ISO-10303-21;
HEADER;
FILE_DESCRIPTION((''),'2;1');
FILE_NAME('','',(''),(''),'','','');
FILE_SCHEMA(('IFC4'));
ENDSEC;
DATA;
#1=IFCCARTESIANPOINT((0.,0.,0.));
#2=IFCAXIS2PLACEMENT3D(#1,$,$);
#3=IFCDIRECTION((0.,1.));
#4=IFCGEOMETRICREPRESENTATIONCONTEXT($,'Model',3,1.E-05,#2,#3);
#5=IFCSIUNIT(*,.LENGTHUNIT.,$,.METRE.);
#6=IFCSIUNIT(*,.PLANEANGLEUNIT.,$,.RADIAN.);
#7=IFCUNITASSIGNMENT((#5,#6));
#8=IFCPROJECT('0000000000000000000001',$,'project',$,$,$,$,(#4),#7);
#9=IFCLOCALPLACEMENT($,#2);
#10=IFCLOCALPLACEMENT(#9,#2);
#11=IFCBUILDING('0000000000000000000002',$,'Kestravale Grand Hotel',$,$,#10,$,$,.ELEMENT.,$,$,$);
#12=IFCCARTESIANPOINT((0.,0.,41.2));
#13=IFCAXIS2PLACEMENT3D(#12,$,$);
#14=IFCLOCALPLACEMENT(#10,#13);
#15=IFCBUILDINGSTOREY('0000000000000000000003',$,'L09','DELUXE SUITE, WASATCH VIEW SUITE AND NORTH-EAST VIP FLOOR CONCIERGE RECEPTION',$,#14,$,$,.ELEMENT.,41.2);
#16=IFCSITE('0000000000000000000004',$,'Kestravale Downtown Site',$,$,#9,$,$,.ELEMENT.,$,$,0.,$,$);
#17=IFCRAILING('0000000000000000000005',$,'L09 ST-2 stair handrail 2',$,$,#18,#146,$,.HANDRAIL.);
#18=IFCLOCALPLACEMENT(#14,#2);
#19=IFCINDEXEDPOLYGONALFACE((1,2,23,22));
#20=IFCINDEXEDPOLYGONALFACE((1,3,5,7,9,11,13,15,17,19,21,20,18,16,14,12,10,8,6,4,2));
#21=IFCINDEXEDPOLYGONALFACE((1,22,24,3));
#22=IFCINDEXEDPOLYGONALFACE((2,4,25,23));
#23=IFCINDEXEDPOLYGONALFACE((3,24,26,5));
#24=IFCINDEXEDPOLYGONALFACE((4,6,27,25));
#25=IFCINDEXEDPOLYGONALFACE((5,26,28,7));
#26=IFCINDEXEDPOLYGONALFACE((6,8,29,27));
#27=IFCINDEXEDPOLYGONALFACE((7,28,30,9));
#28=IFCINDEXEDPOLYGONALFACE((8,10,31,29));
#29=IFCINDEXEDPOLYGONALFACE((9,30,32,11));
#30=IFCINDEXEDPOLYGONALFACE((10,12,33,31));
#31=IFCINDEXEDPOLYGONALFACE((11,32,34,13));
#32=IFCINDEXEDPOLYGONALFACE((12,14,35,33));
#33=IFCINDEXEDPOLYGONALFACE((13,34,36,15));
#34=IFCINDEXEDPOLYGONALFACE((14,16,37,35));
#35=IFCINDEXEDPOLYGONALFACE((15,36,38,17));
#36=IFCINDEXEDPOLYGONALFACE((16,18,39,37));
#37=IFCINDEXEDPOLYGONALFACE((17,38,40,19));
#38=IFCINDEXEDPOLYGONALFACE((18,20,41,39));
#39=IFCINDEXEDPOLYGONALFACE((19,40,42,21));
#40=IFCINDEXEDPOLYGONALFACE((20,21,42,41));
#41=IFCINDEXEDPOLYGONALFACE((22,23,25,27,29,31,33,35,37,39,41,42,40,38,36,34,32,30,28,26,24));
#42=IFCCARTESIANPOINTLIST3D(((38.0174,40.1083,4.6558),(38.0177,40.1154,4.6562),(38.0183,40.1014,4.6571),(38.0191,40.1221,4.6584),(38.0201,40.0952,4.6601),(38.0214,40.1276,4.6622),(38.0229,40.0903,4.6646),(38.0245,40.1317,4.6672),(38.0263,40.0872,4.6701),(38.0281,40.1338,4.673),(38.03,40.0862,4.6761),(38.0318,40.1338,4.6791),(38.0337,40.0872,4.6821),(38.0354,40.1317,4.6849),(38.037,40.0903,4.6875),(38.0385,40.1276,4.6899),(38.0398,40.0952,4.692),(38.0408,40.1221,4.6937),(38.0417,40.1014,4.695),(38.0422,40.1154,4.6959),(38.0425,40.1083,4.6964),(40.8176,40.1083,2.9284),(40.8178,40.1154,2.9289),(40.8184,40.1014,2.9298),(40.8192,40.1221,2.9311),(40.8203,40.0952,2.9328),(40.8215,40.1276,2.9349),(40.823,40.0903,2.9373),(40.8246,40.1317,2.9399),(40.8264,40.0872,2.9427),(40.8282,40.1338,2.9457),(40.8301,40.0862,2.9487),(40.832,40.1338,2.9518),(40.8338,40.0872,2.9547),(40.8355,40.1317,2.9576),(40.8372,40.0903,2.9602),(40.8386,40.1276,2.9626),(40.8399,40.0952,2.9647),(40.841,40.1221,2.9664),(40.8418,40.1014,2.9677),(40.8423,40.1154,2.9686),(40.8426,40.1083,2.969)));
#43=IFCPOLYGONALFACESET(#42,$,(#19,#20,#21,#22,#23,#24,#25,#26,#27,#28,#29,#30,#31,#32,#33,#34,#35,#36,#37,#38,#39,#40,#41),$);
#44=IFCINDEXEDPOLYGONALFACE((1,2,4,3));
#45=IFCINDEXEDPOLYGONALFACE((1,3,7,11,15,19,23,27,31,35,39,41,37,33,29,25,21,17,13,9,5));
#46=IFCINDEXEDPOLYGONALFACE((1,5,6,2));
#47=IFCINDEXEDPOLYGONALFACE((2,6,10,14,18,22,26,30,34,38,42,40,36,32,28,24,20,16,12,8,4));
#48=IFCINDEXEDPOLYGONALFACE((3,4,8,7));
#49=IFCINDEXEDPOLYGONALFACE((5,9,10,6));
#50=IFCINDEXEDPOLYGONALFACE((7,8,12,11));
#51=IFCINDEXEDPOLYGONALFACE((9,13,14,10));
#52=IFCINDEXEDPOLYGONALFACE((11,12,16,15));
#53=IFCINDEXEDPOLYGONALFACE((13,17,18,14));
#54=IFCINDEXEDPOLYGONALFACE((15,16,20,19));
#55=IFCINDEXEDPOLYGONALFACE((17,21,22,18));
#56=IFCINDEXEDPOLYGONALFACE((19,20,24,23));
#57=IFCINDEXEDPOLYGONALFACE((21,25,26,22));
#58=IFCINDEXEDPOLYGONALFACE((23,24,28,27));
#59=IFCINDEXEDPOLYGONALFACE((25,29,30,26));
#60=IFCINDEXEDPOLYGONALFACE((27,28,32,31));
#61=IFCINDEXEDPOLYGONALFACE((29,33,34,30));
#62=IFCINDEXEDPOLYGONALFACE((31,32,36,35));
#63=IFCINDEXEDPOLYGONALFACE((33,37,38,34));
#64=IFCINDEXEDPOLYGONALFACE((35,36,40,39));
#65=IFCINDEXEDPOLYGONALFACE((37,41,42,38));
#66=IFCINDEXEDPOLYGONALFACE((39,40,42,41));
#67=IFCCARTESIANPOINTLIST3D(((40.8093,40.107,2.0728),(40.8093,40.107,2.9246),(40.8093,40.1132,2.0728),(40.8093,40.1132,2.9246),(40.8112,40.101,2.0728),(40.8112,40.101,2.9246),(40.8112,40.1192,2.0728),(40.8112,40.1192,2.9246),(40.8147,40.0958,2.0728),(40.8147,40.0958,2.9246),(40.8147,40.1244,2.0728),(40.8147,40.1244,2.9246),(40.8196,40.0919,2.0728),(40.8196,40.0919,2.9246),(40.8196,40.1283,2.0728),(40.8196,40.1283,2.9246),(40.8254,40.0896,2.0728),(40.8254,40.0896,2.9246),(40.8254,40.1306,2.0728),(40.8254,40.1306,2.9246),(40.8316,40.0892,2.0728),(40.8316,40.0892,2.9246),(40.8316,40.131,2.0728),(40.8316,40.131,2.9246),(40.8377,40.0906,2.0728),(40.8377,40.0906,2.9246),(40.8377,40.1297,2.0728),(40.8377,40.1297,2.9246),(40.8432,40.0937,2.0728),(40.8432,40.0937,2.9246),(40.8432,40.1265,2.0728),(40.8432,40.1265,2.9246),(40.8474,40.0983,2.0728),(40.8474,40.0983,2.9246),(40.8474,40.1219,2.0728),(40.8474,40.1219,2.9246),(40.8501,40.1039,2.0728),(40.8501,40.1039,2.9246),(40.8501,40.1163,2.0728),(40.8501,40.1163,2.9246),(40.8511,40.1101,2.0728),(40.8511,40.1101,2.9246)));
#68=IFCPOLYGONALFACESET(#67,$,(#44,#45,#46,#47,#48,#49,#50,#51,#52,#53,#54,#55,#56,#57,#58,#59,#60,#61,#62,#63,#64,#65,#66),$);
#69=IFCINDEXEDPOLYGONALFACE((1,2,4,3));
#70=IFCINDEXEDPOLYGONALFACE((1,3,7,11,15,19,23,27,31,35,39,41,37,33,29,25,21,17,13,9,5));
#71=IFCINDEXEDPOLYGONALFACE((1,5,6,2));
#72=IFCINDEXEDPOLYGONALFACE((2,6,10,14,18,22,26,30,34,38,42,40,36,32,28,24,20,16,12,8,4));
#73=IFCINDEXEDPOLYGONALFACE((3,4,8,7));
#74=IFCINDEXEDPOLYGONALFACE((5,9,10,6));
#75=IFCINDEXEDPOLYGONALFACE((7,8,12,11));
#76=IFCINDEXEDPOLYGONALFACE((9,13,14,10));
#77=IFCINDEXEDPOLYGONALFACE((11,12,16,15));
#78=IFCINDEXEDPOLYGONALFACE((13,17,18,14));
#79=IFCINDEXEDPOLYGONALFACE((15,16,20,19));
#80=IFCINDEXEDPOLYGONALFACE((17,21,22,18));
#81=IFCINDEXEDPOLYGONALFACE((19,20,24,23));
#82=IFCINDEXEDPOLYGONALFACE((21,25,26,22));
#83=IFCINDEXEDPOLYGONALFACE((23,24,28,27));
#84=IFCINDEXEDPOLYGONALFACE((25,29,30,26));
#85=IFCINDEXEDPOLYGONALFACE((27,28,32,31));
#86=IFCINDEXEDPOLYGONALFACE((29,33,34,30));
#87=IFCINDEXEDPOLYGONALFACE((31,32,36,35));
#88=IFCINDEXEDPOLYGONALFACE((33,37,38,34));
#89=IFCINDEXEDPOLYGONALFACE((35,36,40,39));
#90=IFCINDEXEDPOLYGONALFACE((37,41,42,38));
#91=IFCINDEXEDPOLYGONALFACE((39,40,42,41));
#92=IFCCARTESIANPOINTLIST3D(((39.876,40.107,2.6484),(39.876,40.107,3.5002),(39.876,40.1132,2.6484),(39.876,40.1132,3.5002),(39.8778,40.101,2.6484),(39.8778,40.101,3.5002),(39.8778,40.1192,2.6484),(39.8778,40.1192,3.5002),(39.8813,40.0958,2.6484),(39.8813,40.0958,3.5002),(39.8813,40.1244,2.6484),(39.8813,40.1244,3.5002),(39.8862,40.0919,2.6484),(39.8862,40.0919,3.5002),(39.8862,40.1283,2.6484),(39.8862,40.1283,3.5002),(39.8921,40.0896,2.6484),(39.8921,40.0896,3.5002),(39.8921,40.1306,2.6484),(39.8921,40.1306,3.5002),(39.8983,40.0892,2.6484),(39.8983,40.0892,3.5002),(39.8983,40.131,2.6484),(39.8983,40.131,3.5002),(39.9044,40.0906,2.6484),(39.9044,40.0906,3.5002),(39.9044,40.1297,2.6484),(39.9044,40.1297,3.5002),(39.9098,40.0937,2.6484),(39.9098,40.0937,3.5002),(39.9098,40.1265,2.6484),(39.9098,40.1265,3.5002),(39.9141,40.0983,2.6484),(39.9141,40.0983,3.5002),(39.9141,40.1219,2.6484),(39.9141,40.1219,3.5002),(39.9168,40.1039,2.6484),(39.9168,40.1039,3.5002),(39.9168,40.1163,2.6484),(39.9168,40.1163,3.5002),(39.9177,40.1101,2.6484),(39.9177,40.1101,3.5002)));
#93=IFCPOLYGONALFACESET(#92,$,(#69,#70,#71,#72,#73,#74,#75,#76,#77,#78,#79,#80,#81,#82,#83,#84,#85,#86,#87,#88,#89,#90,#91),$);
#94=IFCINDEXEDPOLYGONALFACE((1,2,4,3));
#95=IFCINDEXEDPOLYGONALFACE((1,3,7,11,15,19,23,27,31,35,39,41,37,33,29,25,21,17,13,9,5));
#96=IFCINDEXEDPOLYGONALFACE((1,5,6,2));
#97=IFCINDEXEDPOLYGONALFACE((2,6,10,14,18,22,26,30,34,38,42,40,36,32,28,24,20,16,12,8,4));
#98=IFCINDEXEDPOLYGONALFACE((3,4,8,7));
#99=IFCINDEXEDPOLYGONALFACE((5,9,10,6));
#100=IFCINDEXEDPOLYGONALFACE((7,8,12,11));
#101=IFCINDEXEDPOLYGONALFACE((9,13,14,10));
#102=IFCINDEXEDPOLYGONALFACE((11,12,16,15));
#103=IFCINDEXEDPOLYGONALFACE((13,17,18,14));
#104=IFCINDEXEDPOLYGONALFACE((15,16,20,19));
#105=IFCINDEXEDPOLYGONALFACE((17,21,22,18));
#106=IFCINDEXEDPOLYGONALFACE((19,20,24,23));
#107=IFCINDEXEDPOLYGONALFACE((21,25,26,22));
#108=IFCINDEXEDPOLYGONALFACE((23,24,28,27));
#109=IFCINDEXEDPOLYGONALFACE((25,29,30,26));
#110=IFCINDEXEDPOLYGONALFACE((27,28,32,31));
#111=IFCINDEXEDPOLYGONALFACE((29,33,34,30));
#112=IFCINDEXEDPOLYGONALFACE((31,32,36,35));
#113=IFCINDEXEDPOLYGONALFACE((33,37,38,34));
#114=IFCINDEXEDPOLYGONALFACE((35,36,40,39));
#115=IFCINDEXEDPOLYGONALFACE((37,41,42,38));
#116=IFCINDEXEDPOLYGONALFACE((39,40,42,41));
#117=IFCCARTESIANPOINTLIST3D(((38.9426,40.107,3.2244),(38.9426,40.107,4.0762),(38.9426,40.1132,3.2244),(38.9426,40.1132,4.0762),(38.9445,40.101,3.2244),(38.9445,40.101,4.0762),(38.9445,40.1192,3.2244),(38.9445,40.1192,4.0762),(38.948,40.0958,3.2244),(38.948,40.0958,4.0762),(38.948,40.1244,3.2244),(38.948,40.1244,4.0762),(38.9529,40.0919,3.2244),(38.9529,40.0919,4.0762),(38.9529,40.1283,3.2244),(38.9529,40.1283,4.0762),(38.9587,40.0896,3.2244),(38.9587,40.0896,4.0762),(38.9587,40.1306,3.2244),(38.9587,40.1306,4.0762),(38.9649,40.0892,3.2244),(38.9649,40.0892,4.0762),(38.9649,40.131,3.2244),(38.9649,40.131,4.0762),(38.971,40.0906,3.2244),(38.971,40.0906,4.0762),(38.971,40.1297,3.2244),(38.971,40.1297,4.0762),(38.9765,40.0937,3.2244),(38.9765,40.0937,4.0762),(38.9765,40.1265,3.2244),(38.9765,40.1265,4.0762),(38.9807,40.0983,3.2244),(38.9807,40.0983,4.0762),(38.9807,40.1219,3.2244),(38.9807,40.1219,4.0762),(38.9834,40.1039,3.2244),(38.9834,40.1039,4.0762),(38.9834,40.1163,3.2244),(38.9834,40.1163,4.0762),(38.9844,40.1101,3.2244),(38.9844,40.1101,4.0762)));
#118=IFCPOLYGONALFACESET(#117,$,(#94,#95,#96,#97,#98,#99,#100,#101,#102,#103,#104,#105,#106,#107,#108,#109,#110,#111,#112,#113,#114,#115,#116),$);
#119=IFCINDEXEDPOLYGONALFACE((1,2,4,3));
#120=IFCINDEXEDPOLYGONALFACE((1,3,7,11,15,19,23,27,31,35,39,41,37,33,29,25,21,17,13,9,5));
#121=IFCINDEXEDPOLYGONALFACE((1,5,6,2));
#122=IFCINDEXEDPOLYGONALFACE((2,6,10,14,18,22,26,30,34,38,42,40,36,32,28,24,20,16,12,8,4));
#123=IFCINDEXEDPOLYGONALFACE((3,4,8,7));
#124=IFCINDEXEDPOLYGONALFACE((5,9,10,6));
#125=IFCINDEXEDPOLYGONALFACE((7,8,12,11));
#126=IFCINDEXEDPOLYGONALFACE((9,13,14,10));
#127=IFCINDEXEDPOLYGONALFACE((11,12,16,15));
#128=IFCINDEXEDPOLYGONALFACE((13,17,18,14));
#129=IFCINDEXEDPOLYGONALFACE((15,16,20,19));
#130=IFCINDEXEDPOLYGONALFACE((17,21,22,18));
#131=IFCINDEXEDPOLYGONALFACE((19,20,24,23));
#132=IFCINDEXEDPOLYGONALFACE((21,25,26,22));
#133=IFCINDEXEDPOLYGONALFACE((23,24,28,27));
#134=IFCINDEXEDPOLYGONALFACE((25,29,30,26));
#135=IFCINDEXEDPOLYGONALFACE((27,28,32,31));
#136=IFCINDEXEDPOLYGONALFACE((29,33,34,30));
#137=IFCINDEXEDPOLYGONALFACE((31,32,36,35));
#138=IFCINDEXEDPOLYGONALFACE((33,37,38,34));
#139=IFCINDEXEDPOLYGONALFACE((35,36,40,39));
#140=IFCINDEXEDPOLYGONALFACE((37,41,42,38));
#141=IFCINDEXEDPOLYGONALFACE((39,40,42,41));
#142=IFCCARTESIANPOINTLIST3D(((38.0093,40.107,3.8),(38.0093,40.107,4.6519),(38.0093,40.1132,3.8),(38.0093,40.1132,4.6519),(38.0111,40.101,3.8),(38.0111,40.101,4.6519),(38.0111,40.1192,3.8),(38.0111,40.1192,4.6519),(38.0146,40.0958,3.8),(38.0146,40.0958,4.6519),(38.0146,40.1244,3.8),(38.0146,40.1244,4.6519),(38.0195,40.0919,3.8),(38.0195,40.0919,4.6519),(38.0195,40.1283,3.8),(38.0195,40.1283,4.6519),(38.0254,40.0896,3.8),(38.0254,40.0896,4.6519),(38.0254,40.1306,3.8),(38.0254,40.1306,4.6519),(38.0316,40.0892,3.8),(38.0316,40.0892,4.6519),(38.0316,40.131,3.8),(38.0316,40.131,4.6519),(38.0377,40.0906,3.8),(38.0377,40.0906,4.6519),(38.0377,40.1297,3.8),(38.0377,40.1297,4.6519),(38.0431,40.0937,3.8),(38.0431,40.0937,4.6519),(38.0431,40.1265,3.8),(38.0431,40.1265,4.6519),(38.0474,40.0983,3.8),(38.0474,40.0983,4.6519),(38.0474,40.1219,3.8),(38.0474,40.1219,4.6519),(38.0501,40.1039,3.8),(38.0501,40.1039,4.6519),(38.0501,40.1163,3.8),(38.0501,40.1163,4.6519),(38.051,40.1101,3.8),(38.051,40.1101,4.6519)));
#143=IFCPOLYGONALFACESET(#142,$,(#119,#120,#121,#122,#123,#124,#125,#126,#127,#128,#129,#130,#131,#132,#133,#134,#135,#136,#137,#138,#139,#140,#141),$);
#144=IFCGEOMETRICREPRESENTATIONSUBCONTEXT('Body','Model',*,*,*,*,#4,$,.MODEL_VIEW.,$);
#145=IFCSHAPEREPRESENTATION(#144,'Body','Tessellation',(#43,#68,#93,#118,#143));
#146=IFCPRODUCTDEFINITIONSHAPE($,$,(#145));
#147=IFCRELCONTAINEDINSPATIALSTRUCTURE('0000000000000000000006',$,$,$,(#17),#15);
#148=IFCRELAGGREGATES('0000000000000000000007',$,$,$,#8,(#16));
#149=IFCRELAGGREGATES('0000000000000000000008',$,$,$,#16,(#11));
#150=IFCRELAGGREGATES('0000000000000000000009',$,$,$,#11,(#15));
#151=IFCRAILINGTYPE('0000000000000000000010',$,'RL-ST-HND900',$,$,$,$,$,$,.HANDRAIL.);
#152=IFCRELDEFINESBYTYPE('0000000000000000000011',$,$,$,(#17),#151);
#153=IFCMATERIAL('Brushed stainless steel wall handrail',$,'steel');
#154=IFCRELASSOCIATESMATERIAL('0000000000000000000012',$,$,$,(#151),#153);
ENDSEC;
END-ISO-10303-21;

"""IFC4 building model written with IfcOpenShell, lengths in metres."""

from ifc_helpers import new_model, si_unit, direction, frame, origin, origin_2d, place, context, subcontext, project, spatial, circle, extrude, material, type_object, element, save


model = new_model("IFC4")

# Units and contexts
model_context = context("Model", 3, precision=1e-05, world=origin(), true_north=direction((0.0, 1.0)))
body_context = subcontext(model_context, "Body", "Model", "MODEL_VIEW")
ifc_project = project(units=[si_unit("LENGTHUNIT", "METRE"), si_unit("PLANEANGLEUNIT", "RADIAN")], contexts=[model_context])

# Site, building, storey
site_placement = place(None, origin())
site = spatial("IfcSite", under=ifc_project, at=site_placement, Name="Kestravale Downtown Site", CompositionType="ELEMENT", RefElevation=0.0)
building_placement = place(site_placement, origin())
building = spatial("IfcBuilding", under=site, at=building_placement, Name="Kestravale Grand Hotel", CompositionType="ELEMENT")
storey_placement = place(building_placement, frame((0.0, 0.0, 41.2)))
storey = spatial("IfcBuildingStorey", under=building, at=storey_placement, Name="L09", Description="DELUXE SUITE, WASATCH VIEW SUITE AND NORTH-EAST VIP FLOOR CONCIERGE RECEPTION", CompositionType="ELEMENT", Elevation=41.2)

# Railing
ifc_material_1 = material(Name="Brushed stainless steel wall handrail", Category="steel")
railing_type_1 = type_object("IfcRailingType", Name="RL-ST-HND900", PredefinedType="HANDRAIL", material=ifc_material_1)
railing_1_placement = place(storey_placement, frame((40.8301, 40.1101, 2.0728)))
element("IfcRailing", 1, at=railing_1_placement, inside=storey, type_object=railing_type_1, Name="L09 ST-2 stair handrail 2", PredefinedType="HANDRAIL", context=body_context, shape_type="SweptSolid", body=[
    extrude(circle(Radius=0.0239, at=origin_2d()), frame((0.0, 0.0, 0.876), z_axis=(-0.85109, 0.0, 0.52502), x_axis=(0.0, -1.0, 0.0)), (0.0, 0.0, 1.0), 3.29),
    extrude(circle(Radius=0.021, at=origin_2d()), origin(), (0.0, 0.0, 1.0), 0.8518),
    extrude(circle(Radius=0.021, at=origin_2d()), frame((-0.9333, 0.0, 0.5757)), (0.0, 0.0, 1.0), 0.8518),
    extrude(circle(Radius=0.021, at=origin_2d()), frame((-1.8667, 0.0, 1.1516)), (0.0, 0.0, 1.0), 0.8518),
    extrude(circle(Radius=0.021, at=origin_2d()), frame((-2.8, 0.0, 1.7273)), (0.0, 0.0, 1.0), 0.8518),
])

save(model, "model.ifc")
